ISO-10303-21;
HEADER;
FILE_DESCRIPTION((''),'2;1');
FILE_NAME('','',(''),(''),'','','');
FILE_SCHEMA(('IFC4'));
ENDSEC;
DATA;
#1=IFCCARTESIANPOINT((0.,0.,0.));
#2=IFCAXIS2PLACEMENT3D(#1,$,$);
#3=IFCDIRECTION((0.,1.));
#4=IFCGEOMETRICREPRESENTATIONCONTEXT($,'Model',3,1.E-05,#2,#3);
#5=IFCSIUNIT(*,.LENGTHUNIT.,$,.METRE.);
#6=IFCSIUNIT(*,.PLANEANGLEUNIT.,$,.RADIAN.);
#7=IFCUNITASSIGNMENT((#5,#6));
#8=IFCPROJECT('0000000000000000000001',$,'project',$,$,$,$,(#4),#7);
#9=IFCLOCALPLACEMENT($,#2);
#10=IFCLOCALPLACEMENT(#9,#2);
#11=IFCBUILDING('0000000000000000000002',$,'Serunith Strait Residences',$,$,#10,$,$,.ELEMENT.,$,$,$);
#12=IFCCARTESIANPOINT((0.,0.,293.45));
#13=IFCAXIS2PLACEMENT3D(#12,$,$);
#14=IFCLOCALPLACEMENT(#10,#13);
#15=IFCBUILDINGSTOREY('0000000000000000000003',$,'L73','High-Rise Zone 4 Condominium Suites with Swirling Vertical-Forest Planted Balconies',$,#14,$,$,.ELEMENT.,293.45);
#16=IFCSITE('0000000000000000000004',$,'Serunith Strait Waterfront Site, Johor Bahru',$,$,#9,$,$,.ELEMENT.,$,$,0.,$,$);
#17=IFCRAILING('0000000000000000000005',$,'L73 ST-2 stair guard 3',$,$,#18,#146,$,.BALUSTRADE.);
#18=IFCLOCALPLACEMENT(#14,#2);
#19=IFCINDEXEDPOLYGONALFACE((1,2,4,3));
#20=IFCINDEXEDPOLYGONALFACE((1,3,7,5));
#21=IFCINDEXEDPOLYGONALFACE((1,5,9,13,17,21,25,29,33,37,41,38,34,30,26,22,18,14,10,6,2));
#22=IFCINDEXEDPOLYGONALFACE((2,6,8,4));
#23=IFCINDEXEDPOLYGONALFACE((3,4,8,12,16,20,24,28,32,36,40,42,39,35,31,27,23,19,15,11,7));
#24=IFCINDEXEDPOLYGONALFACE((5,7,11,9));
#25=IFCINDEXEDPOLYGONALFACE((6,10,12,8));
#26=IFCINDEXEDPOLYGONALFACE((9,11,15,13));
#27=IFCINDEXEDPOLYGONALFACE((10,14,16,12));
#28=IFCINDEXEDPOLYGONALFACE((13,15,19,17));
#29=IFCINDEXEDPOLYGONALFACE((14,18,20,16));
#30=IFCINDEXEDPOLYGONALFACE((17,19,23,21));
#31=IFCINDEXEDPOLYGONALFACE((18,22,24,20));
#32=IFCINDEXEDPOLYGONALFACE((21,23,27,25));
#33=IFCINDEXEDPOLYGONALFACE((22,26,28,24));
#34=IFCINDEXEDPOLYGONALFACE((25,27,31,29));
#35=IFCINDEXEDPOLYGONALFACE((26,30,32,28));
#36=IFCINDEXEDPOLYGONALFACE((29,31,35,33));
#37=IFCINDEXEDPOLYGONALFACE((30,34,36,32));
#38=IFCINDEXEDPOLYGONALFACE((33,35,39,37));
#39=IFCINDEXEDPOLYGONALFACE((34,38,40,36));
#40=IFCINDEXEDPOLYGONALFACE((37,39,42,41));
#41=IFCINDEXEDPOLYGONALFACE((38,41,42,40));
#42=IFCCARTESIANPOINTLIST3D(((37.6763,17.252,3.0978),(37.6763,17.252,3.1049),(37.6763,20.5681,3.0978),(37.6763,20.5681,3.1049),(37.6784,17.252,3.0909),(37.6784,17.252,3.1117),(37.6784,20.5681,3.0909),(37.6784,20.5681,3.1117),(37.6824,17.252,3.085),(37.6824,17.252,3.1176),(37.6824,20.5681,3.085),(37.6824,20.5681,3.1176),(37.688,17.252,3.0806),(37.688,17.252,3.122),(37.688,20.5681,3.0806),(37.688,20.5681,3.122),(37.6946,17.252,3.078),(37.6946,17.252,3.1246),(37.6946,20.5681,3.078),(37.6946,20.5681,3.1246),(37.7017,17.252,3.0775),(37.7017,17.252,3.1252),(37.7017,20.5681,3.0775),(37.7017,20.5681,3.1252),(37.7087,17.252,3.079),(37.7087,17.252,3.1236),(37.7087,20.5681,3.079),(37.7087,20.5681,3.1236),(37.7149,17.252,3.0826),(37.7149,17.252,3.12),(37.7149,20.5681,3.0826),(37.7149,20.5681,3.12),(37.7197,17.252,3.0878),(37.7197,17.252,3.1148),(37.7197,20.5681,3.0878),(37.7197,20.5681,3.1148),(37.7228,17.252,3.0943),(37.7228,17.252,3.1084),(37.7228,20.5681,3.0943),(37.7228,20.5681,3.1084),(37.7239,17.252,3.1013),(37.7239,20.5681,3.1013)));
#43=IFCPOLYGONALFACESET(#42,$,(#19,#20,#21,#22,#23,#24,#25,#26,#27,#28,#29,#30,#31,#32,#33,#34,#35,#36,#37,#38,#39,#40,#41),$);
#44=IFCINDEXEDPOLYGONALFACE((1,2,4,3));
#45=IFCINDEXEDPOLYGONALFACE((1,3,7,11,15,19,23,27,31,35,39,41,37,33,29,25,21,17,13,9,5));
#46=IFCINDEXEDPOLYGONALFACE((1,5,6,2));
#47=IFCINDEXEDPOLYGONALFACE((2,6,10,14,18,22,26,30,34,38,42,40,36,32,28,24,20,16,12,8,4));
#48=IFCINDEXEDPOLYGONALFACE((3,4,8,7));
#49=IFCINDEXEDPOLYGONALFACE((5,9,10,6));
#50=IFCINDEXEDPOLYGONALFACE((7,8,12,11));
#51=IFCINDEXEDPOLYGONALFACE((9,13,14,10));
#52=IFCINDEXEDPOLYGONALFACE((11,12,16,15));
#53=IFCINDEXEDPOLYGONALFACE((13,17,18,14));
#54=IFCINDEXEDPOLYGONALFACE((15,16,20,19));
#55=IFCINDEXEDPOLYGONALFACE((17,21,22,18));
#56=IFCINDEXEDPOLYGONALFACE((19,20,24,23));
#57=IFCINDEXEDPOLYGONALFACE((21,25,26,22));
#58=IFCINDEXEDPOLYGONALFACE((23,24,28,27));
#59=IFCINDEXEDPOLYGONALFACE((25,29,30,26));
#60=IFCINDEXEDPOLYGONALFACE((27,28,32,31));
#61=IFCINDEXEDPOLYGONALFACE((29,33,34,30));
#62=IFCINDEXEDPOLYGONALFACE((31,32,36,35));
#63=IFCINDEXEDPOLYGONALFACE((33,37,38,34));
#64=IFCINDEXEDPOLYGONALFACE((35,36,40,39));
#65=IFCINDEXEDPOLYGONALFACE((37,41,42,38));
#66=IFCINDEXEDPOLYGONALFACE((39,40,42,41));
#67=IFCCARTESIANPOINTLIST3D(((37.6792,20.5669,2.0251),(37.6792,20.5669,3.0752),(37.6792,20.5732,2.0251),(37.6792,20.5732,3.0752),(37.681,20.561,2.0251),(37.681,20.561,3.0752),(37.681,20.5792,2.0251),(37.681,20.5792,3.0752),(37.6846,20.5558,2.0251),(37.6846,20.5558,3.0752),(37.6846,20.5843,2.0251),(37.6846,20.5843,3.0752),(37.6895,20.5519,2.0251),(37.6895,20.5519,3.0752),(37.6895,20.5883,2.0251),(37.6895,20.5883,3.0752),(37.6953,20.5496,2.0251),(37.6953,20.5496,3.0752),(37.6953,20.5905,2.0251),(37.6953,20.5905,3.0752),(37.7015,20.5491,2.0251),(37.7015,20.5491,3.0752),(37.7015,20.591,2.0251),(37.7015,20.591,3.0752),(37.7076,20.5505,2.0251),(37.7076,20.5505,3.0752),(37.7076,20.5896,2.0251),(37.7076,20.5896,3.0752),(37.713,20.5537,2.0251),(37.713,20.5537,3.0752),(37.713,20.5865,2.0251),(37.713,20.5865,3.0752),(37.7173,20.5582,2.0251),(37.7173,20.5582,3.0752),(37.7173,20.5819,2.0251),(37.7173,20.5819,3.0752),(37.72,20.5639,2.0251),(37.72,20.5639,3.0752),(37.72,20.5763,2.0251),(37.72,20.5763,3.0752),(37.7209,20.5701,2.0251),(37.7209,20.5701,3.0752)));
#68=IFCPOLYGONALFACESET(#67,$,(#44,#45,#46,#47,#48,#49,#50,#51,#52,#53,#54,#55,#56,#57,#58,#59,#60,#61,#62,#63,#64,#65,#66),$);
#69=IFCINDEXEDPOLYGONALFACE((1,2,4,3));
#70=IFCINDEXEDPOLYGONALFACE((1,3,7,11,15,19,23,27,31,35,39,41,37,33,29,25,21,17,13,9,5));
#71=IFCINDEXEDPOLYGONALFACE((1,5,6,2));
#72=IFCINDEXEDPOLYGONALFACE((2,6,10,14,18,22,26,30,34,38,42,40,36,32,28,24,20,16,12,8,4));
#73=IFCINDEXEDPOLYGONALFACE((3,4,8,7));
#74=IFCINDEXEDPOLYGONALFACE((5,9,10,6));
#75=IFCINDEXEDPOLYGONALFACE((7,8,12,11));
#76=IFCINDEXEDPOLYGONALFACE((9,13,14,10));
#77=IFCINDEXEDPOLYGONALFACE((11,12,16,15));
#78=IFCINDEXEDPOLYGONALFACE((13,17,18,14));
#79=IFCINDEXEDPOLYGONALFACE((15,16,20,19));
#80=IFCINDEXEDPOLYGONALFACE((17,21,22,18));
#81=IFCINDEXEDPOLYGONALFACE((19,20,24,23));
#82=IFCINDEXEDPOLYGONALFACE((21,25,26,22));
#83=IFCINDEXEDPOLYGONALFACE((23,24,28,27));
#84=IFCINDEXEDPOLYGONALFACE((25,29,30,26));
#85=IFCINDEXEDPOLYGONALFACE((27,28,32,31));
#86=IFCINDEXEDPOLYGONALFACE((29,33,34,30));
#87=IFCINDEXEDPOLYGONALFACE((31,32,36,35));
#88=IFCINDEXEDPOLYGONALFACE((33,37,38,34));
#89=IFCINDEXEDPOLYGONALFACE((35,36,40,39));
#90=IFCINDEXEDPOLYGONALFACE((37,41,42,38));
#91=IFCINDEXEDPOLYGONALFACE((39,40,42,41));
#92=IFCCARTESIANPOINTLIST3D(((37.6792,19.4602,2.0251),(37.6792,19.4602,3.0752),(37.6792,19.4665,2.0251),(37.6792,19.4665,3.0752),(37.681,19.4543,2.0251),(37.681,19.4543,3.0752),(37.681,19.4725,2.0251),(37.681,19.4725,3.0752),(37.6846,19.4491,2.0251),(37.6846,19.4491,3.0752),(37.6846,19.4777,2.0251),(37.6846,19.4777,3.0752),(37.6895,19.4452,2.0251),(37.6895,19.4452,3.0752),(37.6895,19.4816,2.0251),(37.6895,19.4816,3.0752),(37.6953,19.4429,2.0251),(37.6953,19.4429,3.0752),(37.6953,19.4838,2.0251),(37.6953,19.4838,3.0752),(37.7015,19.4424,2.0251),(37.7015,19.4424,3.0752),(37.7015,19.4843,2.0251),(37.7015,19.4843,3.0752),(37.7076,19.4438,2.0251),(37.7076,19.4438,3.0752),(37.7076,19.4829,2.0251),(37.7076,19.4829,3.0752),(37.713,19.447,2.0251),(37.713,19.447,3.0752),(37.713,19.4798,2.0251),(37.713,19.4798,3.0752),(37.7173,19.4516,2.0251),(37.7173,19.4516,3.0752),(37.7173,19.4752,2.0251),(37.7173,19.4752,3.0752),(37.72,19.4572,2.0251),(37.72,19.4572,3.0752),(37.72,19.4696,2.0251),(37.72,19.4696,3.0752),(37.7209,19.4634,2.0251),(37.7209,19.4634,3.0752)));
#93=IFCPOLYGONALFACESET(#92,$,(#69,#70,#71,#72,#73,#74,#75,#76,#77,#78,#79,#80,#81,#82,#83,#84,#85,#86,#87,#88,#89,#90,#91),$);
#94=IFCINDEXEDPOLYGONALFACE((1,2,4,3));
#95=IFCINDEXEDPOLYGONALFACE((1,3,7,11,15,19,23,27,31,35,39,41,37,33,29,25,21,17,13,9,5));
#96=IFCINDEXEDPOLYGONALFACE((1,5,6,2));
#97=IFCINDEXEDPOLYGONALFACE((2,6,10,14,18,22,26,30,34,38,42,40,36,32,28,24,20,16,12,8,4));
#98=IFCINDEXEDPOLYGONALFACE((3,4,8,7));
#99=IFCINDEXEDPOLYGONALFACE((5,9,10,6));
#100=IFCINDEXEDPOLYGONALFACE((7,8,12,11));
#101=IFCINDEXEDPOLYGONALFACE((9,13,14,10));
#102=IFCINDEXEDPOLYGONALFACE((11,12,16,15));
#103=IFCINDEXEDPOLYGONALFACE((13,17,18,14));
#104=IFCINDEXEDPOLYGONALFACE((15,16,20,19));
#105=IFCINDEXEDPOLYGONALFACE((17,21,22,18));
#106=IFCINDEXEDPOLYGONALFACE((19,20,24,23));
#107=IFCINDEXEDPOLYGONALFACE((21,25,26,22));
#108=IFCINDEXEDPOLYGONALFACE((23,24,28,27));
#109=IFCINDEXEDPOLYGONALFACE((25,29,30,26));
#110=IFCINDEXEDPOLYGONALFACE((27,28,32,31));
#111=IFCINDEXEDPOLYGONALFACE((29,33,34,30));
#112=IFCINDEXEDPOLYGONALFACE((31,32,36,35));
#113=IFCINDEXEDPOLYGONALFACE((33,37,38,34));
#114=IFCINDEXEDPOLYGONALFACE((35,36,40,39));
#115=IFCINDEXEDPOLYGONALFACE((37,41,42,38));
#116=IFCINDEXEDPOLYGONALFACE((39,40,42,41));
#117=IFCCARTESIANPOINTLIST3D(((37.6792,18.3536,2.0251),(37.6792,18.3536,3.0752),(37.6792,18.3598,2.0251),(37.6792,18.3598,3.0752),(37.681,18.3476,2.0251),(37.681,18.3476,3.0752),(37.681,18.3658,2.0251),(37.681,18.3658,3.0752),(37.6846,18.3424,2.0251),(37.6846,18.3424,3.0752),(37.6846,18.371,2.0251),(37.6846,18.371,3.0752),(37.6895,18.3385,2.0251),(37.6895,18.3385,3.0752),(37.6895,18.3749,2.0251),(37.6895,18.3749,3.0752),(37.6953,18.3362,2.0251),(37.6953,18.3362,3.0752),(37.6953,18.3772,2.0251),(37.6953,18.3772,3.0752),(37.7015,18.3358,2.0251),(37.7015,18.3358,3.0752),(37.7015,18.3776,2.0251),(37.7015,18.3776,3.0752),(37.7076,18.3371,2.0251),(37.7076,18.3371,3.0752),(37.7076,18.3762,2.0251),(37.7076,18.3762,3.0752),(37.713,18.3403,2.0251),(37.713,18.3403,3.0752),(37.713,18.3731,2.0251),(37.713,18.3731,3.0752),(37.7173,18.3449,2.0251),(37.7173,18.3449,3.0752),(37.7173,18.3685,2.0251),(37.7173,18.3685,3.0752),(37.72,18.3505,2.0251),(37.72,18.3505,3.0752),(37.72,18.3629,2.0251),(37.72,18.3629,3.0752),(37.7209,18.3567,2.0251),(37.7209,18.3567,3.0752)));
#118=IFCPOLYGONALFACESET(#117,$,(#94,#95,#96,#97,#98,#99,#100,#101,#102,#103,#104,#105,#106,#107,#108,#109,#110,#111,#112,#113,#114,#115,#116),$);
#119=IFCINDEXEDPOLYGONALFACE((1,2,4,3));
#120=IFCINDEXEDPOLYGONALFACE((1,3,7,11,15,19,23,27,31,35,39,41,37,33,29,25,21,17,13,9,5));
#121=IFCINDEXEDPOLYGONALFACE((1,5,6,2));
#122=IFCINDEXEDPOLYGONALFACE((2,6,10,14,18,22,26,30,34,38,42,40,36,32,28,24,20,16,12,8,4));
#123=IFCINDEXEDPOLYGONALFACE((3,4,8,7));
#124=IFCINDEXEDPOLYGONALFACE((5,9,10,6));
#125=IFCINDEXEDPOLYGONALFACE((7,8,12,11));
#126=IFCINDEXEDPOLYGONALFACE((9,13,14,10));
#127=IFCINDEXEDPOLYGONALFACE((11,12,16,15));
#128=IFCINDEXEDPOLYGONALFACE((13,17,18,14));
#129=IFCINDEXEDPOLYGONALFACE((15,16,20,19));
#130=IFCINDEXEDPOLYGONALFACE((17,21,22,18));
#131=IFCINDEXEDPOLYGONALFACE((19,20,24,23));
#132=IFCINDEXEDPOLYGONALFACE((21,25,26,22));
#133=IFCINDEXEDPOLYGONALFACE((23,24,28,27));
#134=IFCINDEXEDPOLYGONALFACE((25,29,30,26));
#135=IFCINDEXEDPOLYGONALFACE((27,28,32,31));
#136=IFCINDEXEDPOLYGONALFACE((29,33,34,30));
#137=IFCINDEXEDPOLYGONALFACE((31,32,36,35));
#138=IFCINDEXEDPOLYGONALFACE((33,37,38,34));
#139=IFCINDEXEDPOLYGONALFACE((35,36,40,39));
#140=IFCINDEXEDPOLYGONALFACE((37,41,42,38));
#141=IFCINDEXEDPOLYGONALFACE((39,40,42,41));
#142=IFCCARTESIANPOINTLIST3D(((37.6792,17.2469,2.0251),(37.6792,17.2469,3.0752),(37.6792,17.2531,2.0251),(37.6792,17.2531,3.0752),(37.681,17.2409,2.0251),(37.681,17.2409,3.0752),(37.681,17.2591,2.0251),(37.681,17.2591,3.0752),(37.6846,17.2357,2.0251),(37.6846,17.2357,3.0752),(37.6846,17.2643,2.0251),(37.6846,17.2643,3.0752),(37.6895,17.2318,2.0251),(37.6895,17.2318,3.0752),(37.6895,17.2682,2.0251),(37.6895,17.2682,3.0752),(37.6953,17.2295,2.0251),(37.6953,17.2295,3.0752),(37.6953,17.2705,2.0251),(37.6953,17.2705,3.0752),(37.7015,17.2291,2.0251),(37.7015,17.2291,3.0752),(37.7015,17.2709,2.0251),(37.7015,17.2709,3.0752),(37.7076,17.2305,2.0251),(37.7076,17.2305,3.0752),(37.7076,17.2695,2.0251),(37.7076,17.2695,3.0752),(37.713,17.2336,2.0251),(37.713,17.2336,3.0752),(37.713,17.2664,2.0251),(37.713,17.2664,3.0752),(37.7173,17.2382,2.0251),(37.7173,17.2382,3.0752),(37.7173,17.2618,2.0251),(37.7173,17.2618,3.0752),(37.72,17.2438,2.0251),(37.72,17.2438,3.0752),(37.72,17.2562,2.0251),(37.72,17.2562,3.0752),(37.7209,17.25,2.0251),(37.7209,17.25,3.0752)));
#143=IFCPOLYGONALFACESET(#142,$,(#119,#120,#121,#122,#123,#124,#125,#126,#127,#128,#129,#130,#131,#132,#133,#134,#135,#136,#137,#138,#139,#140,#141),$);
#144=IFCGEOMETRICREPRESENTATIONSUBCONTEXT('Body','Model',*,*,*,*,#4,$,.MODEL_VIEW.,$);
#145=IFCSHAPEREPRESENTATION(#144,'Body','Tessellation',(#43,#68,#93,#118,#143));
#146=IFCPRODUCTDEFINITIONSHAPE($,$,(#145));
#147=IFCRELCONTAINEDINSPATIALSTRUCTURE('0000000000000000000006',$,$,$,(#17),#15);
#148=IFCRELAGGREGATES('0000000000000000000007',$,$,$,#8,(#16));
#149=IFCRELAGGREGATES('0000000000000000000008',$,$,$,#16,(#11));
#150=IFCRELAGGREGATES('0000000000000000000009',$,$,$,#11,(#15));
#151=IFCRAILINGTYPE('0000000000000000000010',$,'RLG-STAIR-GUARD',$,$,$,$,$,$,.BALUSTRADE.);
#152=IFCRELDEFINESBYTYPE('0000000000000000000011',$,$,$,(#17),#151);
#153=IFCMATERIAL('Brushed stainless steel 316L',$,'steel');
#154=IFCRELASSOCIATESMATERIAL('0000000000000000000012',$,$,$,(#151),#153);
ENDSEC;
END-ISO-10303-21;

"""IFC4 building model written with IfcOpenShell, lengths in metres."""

from ifc_helpers import new_model, si_unit, direction, frame, origin, origin_2d, place, context, subcontext, project, spatial, circle, extrude, material, type_object, element, save


model = new_model("IFC4")

# Units and contexts
model_context = context("Model", 3, precision=1e-05, world=origin(), true_north=direction((0.0, 1.0)))
body_context = subcontext(model_context, "Body", "Model", "MODEL_VIEW")
ifc_project = project(units=[si_unit("LENGTHUNIT", "METRE"), si_unit("PLANEANGLEUNIT", "RADIAN")], contexts=[model_context])

# Site, building, storey
site_placement = place(None, origin())
site = spatial("IfcSite", under=ifc_project, at=site_placement, Name="Serunith Strait Waterfront Site, Johor Bahru", CompositionType="ELEMENT", RefElevation=0.0)
building_placement = place(site_placement, origin())
building = spatial("IfcBuilding", under=site, at=building_placement, Name="Serunith Strait Residences", CompositionType="ELEMENT")
storey_placement = place(building_placement, frame((0.0, 0.0, 293.45)))
storey = spatial("IfcBuildingStorey", under=building, at=storey_placement, Name="L73", Description="High-Rise Zone 4 Condominium Suites with Swirling Vertical-Forest Planted Balconies", CompositionType="ELEMENT", Elevation=293.45)

# Railing
ifc_material_1 = material(Name="Brushed stainless steel 316L", Category="steel")
railing_type_1 = type_object("IfcRailingType", Name="RLG-STAIR-GUARD", PredefinedType="BALUSTRADE", material=ifc_material_1)
for number, where, name in (
    (1, (37.7, 20.5701, 2.0251), "L73 ST-2 stair guard 3"),
):
    element("IfcRailing", number, at=place(storey_placement, frame(where)), inside=storey, type_object=railing_type_1, Name=name, PredefinedType="BALUSTRADE", context=body_context, shape_type="SweptSolid", body=[
        extrude(circle(Radius=0.0239, at=origin_2d()), frame((0.0, -0.002, 1.0762), z_axis=(0.0, -1.0, 0.0), x_axis=(1.0, 0.0, 0.0)), (0.0, 0.0, 1.0), 3.3162),
        extrude(circle(Radius=0.021, at=origin_2d()), origin(), (0.0, 0.0, 1.0), 1.05),
        extrude(circle(Radius=0.021, at=origin_2d()), frame((0.0, -1.1067, 0.0)), (0.0, 0.0, 1.0), 1.05),
        extrude(circle(Radius=0.021, at=origin_2d()), frame((0.0, -2.2134, 0.0)), (0.0, 0.0, 1.0), 1.05),
        extrude(circle(Radius=0.021, at=origin_2d()), frame((0.0, -3.3201, 0.0)), (0.0, 0.0, 1.0), 1.05),
    ])

save(model, "model.ifc")
